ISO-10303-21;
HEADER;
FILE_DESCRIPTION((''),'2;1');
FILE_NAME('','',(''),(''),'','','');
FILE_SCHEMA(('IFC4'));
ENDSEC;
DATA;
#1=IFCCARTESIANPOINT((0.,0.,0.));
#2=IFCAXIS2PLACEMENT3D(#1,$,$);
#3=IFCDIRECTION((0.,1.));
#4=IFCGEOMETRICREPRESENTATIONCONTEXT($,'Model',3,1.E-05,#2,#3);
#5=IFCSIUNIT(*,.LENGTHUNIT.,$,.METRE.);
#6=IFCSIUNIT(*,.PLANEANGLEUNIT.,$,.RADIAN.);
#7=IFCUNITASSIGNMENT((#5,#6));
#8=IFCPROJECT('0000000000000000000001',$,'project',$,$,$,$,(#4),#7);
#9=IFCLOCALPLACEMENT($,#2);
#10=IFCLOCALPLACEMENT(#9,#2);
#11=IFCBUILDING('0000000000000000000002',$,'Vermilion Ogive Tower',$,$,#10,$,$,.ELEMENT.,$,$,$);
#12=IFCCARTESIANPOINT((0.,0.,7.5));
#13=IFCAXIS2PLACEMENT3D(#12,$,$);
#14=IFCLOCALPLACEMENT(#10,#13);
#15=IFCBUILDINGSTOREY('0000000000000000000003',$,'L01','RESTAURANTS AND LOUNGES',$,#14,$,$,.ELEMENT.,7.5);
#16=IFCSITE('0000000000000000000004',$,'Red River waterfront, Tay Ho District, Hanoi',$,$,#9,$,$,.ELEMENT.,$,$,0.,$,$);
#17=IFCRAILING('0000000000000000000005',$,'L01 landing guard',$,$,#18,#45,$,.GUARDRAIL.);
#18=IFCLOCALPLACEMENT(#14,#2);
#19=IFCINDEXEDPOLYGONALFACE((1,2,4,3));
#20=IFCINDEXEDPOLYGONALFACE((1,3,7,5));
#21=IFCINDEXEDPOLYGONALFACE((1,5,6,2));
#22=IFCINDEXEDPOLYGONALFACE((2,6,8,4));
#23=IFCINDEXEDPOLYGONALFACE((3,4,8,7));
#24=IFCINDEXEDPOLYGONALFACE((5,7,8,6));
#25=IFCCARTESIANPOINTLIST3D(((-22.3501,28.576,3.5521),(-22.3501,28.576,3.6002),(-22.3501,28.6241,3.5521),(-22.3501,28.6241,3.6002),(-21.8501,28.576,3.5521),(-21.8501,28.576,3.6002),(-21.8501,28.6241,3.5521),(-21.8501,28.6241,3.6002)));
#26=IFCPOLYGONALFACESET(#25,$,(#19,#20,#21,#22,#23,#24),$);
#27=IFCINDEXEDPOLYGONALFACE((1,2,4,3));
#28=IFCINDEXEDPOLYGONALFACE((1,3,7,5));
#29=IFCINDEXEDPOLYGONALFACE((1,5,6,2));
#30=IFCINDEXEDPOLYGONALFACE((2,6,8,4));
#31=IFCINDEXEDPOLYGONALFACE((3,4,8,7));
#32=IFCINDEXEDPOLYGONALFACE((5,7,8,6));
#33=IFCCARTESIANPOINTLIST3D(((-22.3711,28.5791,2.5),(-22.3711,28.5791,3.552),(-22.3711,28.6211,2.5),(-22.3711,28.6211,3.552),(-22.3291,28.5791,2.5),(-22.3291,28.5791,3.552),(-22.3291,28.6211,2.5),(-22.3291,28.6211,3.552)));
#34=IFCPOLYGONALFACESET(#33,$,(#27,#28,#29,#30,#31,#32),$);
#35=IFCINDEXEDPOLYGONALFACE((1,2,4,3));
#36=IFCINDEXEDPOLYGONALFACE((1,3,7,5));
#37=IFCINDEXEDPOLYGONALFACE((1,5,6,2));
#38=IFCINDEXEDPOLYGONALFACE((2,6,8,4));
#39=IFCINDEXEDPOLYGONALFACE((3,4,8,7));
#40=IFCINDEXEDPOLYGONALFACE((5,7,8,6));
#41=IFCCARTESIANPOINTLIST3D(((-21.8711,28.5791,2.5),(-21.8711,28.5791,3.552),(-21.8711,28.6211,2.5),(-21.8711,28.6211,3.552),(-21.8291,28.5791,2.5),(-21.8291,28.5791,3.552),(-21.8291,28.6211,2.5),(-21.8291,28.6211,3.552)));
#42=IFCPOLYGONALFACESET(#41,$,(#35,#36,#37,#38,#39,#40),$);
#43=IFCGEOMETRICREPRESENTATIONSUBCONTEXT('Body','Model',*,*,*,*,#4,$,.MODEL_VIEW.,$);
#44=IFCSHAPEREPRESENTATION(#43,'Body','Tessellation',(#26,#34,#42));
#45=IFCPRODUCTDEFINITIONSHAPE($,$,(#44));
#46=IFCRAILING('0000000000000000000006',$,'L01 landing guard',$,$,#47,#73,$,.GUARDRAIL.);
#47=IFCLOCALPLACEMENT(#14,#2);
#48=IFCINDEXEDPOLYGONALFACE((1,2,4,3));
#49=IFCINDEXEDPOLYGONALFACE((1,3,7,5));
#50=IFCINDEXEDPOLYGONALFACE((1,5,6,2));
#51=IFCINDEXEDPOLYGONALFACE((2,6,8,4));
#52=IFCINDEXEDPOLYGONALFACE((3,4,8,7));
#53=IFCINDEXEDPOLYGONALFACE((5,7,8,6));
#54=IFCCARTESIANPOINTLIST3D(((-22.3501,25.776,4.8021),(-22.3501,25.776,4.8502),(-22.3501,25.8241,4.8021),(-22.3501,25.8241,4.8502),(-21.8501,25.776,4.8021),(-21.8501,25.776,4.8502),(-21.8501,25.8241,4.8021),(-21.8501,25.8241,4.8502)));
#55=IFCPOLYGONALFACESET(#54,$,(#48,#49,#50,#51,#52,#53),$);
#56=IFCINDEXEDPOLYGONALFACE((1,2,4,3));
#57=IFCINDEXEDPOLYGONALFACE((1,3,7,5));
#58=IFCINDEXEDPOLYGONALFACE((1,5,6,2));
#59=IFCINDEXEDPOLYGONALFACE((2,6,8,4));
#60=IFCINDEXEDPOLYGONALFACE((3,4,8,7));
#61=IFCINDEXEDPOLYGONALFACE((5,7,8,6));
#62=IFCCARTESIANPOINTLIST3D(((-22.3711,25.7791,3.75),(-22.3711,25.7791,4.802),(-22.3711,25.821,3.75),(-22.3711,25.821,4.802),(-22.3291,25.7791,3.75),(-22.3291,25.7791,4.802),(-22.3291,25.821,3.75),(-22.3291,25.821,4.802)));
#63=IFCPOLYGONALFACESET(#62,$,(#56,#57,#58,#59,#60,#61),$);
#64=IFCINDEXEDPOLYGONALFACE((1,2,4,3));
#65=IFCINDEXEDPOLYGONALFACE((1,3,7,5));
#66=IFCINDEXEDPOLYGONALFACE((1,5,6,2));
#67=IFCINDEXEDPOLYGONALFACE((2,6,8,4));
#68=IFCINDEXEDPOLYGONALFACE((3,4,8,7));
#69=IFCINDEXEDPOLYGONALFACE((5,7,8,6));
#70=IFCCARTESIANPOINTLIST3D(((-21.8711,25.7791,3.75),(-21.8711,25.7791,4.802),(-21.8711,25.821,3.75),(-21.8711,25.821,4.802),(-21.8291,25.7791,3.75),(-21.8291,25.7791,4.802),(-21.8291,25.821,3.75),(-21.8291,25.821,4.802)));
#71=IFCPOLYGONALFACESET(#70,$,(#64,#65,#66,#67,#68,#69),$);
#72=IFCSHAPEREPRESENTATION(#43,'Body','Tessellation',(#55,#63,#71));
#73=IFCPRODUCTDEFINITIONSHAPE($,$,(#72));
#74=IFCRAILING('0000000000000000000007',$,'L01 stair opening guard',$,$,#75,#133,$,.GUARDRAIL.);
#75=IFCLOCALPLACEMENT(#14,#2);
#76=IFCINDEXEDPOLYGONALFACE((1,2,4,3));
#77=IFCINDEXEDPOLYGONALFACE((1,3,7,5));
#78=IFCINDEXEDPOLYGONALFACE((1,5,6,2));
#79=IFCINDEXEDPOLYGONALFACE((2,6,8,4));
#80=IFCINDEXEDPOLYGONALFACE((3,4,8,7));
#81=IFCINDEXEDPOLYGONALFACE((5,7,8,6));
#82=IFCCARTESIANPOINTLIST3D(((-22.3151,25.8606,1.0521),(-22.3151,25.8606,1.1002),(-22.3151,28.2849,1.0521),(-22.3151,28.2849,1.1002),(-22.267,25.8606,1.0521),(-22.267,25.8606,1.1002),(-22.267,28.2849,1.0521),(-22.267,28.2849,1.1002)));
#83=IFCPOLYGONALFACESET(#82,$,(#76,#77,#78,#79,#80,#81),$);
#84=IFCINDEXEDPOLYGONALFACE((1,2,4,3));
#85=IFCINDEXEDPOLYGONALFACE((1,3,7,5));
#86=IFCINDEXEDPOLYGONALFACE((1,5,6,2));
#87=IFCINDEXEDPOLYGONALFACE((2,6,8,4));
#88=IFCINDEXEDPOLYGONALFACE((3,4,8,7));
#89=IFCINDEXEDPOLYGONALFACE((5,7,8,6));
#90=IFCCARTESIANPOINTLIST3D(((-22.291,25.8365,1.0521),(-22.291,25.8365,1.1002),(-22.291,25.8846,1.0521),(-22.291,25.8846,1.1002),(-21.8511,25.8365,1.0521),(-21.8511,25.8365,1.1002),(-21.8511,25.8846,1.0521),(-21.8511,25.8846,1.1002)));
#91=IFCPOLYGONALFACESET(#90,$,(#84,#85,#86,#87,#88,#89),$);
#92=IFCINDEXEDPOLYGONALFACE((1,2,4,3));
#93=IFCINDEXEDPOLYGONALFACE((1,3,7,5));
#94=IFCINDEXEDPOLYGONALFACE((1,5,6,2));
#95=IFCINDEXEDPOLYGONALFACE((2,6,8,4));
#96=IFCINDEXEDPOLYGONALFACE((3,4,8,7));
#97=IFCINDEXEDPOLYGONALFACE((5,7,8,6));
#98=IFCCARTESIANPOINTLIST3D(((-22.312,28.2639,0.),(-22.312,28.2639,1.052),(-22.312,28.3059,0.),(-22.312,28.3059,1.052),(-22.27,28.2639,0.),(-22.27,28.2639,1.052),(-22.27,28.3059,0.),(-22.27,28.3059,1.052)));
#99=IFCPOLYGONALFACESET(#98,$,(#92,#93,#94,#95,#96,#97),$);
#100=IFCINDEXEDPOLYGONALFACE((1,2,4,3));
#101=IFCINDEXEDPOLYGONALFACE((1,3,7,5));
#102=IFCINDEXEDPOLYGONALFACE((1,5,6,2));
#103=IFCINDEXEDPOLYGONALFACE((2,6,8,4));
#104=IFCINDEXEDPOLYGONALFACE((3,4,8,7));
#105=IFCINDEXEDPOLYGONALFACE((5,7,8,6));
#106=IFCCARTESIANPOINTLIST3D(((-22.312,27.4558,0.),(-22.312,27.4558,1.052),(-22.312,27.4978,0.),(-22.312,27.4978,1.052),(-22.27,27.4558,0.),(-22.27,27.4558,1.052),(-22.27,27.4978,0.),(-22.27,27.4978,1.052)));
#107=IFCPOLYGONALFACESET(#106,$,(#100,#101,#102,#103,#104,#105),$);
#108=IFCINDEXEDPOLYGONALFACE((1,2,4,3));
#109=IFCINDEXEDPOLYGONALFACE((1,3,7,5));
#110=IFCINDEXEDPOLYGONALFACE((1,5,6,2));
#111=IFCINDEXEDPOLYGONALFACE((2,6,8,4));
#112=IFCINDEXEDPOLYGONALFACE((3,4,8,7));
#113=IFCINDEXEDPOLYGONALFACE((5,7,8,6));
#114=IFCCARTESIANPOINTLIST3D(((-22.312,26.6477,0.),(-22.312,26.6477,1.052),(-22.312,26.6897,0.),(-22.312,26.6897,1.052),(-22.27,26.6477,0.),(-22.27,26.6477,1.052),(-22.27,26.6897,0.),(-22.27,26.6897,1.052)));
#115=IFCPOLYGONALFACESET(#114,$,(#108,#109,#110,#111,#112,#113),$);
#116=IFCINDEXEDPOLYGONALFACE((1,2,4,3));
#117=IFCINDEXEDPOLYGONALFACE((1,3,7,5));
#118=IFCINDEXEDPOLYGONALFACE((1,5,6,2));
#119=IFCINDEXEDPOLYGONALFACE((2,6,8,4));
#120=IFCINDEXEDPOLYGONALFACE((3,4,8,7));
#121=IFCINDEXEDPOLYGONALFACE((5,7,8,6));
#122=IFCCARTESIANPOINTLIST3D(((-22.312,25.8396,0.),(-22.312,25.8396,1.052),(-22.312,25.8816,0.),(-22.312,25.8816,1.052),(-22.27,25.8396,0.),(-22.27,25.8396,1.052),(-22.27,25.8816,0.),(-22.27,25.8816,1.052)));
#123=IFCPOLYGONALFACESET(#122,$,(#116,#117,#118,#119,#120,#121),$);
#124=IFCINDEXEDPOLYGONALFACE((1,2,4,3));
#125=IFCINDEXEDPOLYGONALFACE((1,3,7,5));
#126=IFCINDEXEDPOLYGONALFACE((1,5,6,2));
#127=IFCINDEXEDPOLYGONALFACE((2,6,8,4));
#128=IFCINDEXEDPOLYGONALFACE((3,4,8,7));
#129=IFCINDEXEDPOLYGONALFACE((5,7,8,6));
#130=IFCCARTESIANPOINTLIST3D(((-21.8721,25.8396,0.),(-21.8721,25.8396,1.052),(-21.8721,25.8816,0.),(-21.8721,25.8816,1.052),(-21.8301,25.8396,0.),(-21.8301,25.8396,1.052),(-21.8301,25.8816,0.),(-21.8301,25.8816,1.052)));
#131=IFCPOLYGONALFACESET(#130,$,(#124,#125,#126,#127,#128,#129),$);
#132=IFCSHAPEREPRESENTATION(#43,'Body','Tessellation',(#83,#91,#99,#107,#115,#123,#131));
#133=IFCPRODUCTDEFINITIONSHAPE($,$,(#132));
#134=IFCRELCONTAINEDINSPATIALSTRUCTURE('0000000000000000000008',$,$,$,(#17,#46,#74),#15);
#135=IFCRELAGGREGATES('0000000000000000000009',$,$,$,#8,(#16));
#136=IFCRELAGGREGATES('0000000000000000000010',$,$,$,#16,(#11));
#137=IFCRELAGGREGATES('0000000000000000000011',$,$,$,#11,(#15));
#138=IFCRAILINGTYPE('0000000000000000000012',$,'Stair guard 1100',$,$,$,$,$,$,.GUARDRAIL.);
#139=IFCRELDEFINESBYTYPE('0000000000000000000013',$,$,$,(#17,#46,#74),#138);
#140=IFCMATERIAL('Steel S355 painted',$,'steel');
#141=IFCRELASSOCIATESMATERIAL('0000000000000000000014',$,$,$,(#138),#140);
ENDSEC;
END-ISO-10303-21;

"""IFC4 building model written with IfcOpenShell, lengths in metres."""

from ifc_helpers import new_model, si_unit, direction, frame, origin, origin_2d, place, context, subcontext, project, spatial, rectangle, extrude, material, type_object, element, save


model = new_model("IFC4")

# Units and contexts
model_context = context("Model", 3, precision=1e-05, world=origin(), true_north=direction((0.0, 1.0)))
body_context = subcontext(model_context, "Body", "Model", "MODEL_VIEW")
ifc_project = project(units=[si_unit("LENGTHUNIT", "METRE"), si_unit("PLANEANGLEUNIT", "RADIAN")], contexts=[model_context])

# Site, building, storey
site_placement = place(None, origin())
site = spatial("IfcSite", under=ifc_project, at=site_placement, Name="Red River waterfront, Tay Ho District, Hanoi", CompositionType="ELEMENT", RefElevation=0.0)
building_placement = place(site_placement, origin())
building = spatial("IfcBuilding", under=site, at=building_placement, Name="Vermilion Ogive Tower", CompositionType="ELEMENT")
storey_placement = place(building_placement, frame((0.0, 0.0, 7.5)))
storey = spatial("IfcBuildingStorey", under=building, at=storey_placement, Name="L01", Description="RESTAURANTS AND LOUNGES", CompositionType="ELEMENT", Elevation=7.5)

# Railings
ifc_material_1 = material(Name="Steel S355 painted", Category="steel")
railing_type = type_object("IfcRailingType", Name="Stair guard 1100", PredefinedType="GUARDRAIL", material=ifc_material_1)
for number, where, name in (
    (1, (-22.3501, 28.6001, 2.5), "L01 landing guard"),
    (2, (-22.3501, 25.8, 3.75), "L01 landing guard"),
):
    element("IfcRailing", number, at=place(storey_placement, frame(where)), inside=storey, type_object=railing_type, Name=name, PredefinedType="GUARDRAIL", context=body_context, shape_type="SweptSolid", body=[
        extrude(rectangle(XDim=0.0481, YDim=0.0481, at=origin_2d()), frame((0.0, 0.0, 1.0762), z_axis=(1.0, 0.0, 0.0), x_axis=(0.0, 1.0, 0.0)), (0.0, 0.0, 1.0), 0.5),
        extrude(rectangle(XDim=0.042, YDim=0.042, at=origin_2d()), origin(), (0.0, 0.0, 1.0), 1.052),
        extrude(rectangle(XDim=0.042, YDim=0.042, at=origin_2d()), frame((0.5, 0.0, 0.0)), (0.0, 0.0, 1.0), 1.052),
    ])
railing_placement = place(storey_placement, frame((-22.291, 28.2849, 0.0)))
element("IfcRailing", 3, at=railing_placement, inside=storey, type_object=railing_type, Name="L01 stair opening guard", PredefinedType="GUARDRAIL", context=body_context, shape_type="SweptSolid", body=[
    extrude(rectangle(XDim=0.0481, YDim=0.0481, at=origin_2d()), frame((0.0, 0.0, 1.0762), z_axis=(0.0, -1.0, 0.0), x_axis=(1.0, 0.0, 0.0)), (0.0, 0.0, 1.0), 2.4243),
    extrude(rectangle(XDim=0.0481, YDim=0.0481, at=origin_2d()), frame((0.0, -2.4243, 1.0762), z_axis=(1.0, 0.0, 0.0), x_axis=(0.0, 1.0, 0.0)), (0.0, 0.0, 1.0), 0.4399),
    extrude(rectangle(XDim=0.042, YDim=0.042, at=origin_2d()), origin(), (0.0, 0.0, 1.0), 1.052),
    extrude(rectangle(XDim=0.042, YDim=0.042, at=origin_2d()), frame((0.0, -0.8081, 0.0)), (0.0, 0.0, 1.0), 1.052),
    extrude(rectangle(XDim=0.042, YDim=0.042, at=origin_2d()), frame((0.0, -1.6162, 0.0)), (0.0, 0.0, 1.0), 1.052),
    extrude(rectangle(XDim=0.042, YDim=0.042, at=origin_2d()), frame((0.0, -2.4243, 0.0)), (0.0, 0.0, 1.0), 1.052),
    extrude(rectangle(XDim=0.042, YDim=0.042, at=origin_2d()), frame((0.4399, -2.4243, 0.0)), (0.0, 0.0, 1.0), 1.052),
])

save(model, "model.ifc")
